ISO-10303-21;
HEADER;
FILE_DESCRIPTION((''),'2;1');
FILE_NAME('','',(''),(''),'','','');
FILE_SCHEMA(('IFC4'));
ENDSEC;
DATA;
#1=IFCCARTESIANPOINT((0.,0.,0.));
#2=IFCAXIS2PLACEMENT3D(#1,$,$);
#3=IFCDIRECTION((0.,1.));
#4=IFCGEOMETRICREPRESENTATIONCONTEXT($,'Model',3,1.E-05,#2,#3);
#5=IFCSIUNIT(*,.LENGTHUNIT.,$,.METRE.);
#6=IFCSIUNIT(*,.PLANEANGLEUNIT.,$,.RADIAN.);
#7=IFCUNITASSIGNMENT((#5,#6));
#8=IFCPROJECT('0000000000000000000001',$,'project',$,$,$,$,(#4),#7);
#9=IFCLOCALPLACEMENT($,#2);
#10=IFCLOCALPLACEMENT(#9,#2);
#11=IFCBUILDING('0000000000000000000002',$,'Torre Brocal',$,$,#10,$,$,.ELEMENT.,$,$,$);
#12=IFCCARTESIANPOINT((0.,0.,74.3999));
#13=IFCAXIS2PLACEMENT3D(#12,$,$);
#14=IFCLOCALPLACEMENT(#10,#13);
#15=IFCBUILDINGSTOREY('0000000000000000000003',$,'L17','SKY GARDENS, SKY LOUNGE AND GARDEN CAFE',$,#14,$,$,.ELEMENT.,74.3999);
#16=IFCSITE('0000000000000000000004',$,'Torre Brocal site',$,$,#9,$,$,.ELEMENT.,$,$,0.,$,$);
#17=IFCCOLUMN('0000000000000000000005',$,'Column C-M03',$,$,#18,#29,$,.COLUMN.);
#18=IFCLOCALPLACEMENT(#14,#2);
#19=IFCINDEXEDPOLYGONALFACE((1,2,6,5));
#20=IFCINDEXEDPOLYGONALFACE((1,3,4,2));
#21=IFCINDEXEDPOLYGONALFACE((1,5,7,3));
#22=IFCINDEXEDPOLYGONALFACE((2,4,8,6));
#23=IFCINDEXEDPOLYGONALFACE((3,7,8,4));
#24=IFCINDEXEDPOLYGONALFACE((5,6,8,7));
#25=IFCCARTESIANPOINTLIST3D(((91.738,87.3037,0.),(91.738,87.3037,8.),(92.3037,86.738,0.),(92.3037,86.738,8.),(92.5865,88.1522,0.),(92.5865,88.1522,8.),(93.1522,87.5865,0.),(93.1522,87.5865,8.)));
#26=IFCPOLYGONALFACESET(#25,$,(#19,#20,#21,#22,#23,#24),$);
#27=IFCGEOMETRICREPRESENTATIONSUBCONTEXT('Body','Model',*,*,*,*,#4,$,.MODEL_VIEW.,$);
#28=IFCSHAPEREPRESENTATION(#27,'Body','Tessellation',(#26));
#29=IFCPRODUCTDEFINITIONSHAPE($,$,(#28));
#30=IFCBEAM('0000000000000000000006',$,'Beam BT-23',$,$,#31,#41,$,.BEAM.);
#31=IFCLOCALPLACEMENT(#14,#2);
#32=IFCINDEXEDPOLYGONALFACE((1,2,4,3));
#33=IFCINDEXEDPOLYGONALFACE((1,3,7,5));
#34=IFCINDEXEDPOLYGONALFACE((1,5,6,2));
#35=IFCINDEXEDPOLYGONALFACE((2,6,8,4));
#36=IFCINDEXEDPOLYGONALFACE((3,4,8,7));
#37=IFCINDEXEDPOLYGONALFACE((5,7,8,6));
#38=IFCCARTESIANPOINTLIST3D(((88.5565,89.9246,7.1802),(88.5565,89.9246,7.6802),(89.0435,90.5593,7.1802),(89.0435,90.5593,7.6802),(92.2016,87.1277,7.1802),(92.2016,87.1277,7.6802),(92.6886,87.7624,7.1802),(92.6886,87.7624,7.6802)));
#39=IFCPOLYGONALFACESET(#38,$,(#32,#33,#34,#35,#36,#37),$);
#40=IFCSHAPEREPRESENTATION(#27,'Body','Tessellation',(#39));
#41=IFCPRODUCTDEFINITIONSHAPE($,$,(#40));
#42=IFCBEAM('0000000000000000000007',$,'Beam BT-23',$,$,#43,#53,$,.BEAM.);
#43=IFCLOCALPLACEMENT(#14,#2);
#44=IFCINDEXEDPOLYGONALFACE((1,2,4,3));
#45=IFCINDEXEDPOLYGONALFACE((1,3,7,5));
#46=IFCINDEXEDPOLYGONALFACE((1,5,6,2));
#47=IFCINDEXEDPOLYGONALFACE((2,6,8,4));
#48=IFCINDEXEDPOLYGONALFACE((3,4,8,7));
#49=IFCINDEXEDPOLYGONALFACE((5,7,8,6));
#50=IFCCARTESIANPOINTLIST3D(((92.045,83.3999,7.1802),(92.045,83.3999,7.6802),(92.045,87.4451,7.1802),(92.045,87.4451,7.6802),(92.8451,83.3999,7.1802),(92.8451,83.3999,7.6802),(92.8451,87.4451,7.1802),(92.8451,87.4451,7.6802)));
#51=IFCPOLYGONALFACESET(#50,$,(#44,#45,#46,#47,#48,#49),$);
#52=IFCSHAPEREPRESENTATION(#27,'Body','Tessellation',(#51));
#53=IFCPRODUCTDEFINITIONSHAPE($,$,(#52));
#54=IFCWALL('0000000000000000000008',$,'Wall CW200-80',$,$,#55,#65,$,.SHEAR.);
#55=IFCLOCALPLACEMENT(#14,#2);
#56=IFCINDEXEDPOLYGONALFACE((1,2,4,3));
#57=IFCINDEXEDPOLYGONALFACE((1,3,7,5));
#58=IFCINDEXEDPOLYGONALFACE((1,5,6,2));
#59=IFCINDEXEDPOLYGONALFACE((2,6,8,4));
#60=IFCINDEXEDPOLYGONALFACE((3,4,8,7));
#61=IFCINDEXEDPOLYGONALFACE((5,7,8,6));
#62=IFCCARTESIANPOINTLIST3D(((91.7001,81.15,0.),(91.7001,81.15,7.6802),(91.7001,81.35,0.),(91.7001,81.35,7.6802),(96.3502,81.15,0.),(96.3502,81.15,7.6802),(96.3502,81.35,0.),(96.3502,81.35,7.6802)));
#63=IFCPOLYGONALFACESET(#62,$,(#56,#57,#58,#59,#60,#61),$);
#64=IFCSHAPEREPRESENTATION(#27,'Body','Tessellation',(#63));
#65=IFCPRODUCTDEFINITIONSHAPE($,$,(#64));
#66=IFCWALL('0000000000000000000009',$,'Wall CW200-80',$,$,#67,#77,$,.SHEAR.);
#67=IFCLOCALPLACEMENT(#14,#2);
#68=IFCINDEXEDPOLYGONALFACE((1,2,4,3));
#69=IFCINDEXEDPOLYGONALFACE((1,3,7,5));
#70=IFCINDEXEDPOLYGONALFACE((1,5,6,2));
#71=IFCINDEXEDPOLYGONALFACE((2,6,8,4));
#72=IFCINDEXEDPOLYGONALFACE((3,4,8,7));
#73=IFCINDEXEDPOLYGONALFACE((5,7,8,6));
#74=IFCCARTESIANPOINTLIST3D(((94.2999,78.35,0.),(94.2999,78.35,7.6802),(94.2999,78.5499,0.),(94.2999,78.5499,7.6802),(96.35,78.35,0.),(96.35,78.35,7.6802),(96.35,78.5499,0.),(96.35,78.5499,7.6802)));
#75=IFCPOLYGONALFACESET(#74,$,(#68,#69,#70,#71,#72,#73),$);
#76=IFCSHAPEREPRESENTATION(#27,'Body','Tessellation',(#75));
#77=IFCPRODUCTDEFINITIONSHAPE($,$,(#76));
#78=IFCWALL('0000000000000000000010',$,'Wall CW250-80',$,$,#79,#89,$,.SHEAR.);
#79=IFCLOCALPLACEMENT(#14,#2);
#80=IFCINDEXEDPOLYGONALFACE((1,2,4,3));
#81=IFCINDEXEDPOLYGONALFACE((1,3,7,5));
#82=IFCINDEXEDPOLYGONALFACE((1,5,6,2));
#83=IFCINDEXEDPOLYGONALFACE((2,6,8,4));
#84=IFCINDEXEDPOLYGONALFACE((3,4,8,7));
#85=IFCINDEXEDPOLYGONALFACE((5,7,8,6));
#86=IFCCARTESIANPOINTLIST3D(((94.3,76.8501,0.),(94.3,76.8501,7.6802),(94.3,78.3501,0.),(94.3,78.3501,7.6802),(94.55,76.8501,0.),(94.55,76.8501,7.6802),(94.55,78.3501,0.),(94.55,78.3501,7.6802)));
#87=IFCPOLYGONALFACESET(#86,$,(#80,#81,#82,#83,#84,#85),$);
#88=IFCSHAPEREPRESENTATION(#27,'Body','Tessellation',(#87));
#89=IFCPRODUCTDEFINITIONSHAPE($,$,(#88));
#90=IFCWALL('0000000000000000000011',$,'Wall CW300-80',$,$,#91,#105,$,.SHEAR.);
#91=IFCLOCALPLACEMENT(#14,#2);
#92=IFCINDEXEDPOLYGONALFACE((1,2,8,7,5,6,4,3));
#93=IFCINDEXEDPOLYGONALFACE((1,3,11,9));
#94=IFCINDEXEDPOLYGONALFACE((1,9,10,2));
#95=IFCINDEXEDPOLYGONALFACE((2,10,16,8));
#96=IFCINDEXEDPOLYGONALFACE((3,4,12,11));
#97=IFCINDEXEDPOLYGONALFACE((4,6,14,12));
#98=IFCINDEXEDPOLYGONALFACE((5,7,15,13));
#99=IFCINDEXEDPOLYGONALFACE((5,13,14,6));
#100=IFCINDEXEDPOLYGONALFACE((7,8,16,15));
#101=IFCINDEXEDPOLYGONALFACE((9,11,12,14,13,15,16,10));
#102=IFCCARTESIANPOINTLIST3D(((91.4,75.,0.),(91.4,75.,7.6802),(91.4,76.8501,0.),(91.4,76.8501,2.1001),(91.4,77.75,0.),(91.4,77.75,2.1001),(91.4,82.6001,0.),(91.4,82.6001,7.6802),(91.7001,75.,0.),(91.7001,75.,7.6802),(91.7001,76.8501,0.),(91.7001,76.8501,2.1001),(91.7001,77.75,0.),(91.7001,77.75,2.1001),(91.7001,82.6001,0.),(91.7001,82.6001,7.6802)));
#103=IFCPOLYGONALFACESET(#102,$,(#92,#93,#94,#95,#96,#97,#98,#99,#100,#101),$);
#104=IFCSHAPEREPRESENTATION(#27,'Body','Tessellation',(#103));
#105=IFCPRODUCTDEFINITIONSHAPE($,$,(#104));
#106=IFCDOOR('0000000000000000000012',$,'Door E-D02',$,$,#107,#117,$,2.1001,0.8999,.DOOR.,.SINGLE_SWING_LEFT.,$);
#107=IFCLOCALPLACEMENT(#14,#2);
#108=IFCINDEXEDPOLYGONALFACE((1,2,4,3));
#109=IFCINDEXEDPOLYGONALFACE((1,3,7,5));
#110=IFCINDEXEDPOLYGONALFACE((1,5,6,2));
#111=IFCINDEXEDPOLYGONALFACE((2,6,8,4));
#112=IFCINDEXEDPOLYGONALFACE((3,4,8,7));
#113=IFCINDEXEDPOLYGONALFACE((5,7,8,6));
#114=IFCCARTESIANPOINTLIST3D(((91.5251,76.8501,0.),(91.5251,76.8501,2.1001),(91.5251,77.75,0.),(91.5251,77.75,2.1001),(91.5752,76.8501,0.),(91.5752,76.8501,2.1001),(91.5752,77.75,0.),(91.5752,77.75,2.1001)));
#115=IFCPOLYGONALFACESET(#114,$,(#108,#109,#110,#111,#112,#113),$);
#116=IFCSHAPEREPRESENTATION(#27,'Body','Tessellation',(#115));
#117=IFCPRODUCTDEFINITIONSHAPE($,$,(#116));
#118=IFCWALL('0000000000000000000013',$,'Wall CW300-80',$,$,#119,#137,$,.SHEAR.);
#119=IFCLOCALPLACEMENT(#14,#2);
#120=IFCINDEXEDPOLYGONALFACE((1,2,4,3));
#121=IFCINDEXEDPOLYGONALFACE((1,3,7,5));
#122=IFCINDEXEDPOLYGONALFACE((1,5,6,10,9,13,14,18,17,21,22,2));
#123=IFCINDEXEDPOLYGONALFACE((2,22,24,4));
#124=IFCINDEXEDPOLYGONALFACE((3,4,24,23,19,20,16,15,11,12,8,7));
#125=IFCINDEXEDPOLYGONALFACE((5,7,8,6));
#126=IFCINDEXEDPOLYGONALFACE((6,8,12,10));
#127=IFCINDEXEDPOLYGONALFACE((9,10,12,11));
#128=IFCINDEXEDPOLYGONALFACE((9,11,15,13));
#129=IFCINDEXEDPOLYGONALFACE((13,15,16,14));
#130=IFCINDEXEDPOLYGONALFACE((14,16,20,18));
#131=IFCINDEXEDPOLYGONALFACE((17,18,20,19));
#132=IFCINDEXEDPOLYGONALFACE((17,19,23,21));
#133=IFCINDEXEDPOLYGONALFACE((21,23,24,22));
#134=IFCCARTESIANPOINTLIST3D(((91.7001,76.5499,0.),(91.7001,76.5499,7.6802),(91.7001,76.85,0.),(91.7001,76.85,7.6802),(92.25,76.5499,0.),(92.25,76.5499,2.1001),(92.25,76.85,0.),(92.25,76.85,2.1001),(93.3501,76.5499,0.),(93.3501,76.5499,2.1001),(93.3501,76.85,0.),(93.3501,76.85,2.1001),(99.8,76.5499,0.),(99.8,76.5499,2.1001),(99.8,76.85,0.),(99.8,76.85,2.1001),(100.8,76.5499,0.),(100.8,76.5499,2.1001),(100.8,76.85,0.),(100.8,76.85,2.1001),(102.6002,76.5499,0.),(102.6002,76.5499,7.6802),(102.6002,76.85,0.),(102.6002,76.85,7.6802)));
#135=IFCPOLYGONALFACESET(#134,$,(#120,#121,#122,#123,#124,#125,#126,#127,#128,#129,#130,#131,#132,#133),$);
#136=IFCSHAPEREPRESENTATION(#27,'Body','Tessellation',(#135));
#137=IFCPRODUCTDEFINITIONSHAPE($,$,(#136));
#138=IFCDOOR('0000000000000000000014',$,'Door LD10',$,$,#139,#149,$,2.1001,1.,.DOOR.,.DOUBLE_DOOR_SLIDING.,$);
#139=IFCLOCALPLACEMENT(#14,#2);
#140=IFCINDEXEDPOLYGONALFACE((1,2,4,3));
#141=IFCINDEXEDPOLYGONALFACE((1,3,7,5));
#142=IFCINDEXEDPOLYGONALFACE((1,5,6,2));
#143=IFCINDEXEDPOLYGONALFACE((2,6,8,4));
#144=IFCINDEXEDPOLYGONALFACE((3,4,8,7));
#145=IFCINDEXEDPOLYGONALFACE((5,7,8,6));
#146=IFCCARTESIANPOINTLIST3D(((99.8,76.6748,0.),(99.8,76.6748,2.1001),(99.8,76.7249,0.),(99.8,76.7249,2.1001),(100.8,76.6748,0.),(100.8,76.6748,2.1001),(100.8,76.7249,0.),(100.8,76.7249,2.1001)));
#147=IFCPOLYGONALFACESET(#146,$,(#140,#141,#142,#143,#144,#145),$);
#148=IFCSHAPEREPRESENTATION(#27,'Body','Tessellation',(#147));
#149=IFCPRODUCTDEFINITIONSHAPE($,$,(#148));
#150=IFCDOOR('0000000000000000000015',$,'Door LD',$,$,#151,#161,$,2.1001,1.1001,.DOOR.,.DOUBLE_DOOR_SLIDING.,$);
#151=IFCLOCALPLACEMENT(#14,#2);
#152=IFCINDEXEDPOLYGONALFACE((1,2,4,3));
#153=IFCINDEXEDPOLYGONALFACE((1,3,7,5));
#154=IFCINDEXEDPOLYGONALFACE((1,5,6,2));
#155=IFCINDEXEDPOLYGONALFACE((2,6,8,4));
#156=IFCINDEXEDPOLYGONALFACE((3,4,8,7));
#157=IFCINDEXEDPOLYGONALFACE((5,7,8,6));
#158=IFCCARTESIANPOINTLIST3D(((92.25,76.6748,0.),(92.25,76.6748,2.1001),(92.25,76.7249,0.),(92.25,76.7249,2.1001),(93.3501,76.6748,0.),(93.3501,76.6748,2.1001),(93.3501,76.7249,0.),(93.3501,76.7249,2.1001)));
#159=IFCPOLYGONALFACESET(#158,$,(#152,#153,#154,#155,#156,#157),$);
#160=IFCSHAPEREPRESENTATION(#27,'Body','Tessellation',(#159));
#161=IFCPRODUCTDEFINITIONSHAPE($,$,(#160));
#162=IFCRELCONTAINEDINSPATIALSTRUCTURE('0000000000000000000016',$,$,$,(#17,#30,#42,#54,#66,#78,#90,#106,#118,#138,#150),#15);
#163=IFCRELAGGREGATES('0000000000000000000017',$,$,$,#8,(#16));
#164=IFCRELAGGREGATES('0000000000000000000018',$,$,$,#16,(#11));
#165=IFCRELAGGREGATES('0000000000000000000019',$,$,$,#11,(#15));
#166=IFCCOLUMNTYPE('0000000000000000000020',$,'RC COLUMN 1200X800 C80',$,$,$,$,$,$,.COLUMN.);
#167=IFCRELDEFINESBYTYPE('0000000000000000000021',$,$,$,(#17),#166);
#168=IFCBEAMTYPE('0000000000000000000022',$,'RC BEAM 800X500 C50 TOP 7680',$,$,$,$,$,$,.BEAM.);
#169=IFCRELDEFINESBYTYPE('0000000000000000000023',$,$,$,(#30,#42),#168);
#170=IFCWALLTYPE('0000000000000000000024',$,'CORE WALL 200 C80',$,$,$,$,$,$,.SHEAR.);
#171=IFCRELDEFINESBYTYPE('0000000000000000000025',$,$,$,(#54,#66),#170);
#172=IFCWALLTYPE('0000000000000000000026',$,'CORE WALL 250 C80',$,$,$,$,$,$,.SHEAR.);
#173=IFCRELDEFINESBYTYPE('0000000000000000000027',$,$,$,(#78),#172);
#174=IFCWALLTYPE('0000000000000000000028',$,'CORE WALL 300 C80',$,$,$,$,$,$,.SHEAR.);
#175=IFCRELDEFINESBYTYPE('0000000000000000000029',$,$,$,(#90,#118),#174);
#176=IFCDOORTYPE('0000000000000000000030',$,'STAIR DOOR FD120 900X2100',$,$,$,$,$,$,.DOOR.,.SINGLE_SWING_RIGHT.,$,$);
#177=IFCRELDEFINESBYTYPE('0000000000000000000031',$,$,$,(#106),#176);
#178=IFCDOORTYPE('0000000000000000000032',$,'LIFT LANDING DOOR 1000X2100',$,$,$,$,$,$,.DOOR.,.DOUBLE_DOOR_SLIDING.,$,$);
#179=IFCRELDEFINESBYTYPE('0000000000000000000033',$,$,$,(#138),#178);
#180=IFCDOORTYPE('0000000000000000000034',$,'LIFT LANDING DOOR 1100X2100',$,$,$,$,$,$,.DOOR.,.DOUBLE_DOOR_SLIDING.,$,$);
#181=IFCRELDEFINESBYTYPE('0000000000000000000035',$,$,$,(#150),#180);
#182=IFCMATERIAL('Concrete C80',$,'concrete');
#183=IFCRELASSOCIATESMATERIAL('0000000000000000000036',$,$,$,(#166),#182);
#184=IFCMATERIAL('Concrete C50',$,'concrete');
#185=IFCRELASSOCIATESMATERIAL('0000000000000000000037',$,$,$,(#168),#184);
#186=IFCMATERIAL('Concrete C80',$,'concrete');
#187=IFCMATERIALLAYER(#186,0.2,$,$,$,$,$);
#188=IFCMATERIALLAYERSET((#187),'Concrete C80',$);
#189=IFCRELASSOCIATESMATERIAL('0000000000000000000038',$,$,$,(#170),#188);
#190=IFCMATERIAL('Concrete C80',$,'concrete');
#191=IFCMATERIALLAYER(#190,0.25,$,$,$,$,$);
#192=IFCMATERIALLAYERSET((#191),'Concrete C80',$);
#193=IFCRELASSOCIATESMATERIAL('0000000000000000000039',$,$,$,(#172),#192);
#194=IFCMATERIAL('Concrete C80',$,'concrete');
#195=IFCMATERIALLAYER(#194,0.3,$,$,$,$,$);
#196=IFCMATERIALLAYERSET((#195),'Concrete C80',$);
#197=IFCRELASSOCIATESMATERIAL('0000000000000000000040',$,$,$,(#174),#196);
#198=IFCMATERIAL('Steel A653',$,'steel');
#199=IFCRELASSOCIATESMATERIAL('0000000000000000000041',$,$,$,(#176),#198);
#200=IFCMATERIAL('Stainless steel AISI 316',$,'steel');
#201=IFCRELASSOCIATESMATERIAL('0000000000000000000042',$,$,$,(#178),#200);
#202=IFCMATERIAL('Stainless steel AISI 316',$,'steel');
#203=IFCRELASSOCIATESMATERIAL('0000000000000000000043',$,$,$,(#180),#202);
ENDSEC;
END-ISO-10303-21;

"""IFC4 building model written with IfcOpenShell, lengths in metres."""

from ifc_helpers import new_model, si_unit, direction, frame, frame_2d, origin, origin_2d, place, context, subcontext, project, spatial, rectangle, extrude, material, layer, layer_set, material_profile, profile_set, type_object, element, fill, save


model = new_model("IFC4")

# Units and contexts
model_context = context("Model", 3, precision=1e-05, world=origin(), true_north=direction((0.0, 1.0)))
body_context = subcontext(model_context, "Body", "Model", "MODEL_VIEW")
ifc_project = project(units=[si_unit("LENGTHUNIT", "METRE"), si_unit("PLANEANGLEUNIT", "RADIAN")], contexts=[model_context])

# Site, building, storey
site_placement = place(None, origin())
site = spatial("IfcSite", under=ifc_project, at=site_placement, Name="Torre Brocal site", CompositionType="ELEMENT", RefElevation=0.0)
building_placement = place(site_placement, origin())
building = spatial("IfcBuilding", under=site, at=building_placement, Name="Torre Brocal", CompositionType="ELEMENT")
storey_placement = place(building_placement, frame((0.0, 0.0, 74.3999)))
storey = spatial("IfcBuildingStorey", under=building, at=storey_placement, Name="L17", Description="SKY GARDENS, SKY LOUNGE AND GARDEN CAFE", CompositionType="ELEMENT", Elevation=74.3999)

# Column
ifc_material_1 = material(Name="Concrete C80", Category="concrete")
ifc_material_profile_1 = material_profile(ifc_material_1, rectangle(XDim=1.2, YDim=0.8, at=origin_2d()), Name="RC 1200X800")
ifc_profile_set_1 = profile_set([ifc_material_profile_1], Name="Concrete C80")
column_type = type_object("IfcColumnType", Name="RC COLUMN 1200X800 C80", PredefinedType="COLUMN", material=ifc_profile_set_1)
column_placement = place(storey_placement, frame((92.4451, 87.4451, 0.0), z_axis=(0.0, 0.0, 1.0), x_axis=(0.707107, 0.707107, 0.0)))
element("IfcColumn", 1, at=column_placement, inside=storey, type_object=column_type, Name="Column C-M03", PredefinedType="COLUMN", context=body_context, shape_type="SweptSolid", body=[
    extrude(rectangle(XDim=1.2, YDim=0.8, at=origin_2d()), origin(), (0.0, 0.0, 1.0), 8.0),
])

# Beams
ifc_material_2 = material(Name="Concrete C50", Category="concrete")
ifc_material_profile_2 = material_profile(ifc_material_2, rectangle(XDim=0.8, YDim=0.5, at=origin_2d()), Name="RC 800X500")
ifc_profile_set_2 = profile_set([ifc_material_profile_2], Name="Concrete C50")
beam_type = type_object("IfcBeamType", Name="RC BEAM 800X500 C50 TOP 7680", PredefinedType="BEAM", material=ifc_profile_set_2)
beam_1_placement = place(storey_placement, frame((92.4451, 87.4451, 7.4302), z_axis=(-0.793358, 0.608755, 0.0), x_axis=(-0.608755, -0.793358, 0.0)))
element("IfcBeam", 2, at=beam_1_placement, inside=storey, type_object=beam_type, Name="Beam BT-23", PredefinedType="BEAM", context=body_context, shape_type="SweptSolid", body=[
    extrude(rectangle(XDim=0.8, YDim=0.5, at=origin_2d()), origin(), (0.0, 0.0, 1.0), 4.5945),
])
beam_2_placement = place(storey_placement, frame((92.4451, 87.4451, 7.4302), z_axis=(0.0, -1.0, 0.0), x_axis=(1.0, 0.0, 0.0)))
element("IfcBeam", 3, at=beam_2_placement, inside=storey, type_object=beam_type, Name="Beam BT-23", PredefinedType="BEAM", context=body_context, shape_type="SweptSolid", body=[
    extrude(rectangle(XDim=0.8, YDim=0.5, at=origin_2d()), origin(), (0.0, 0.0, 1.0), 4.0452),
])

# Walls
ifc_material_3 = material(Name="Concrete C80", Category="concrete")
ifc_layer_1 = layer(ifc_material_3, 0.2)
ifc_layer_set_1 = layer_set([ifc_layer_1], Name="Concrete C80")
wall_type_1 = type_object("IfcWallType", Name="CORE WALL 200 C80", PredefinedType="SHEAR", material=ifc_layer_set_1)
wall_1_placement = place(storey_placement, frame((91.7, 81.25, 0.0), z_axis=(0.0, 0.0, 1.0), x_axis=(1.0, 0.0, 0.0)))
element("IfcWall", 4, at=wall_1_placement, inside=storey, type_object=wall_type_1, Name="Wall CW200-80", PredefinedType="SHEAR", context=body_context, shape_type="SweptSolid", body=[
    extrude(rectangle(XDim=4.6501, YDim=0.2, at=frame_2d((2.3252, 0.0))), origin(), (0.0, 0.0, 1.0), 7.6802),
])
wall_2_placement = place(storey_placement, frame((94.3, 78.45, 0.0), z_axis=(0.0, 0.0, 1.0), x_axis=(1.0, 0.0, 0.0)))
element("IfcWall", 5, at=wall_2_placement, inside=storey, type_object=wall_type_1, Name="Wall CW200-80", PredefinedType="SHEAR", context=body_context, shape_type="SweptSolid", body=[
    extrude(rectangle(XDim=2.05, YDim=0.2, at=frame_2d((1.0249, 0.0))), origin(), (0.0, 0.0, 1.0), 7.6802),
])
ifc_material_4 = material(Name="Concrete C80", Category="concrete")
ifc_layer_2 = layer(ifc_material_4, 0.25)
ifc_layer_set_2 = layer_set([ifc_layer_2], Name="Concrete C80")
wall_type_2 = type_object("IfcWallType", Name="CORE WALL 250 C80", PredefinedType="SHEAR", material=ifc_layer_set_2)
wall_3_placement = place(storey_placement, frame((94.425, 76.8501, 0.0), z_axis=(0.0, 0.0, 1.0), x_axis=(0.0, 1.0, 0.0)))
element("IfcWall", 6, at=wall_3_placement, inside=storey, type_object=wall_type_2, Name="Wall CW250-80", PredefinedType="SHEAR", context=body_context, shape_type="SweptSolid", body=[
    extrude(rectangle(XDim=1.5, YDim=0.25, at=frame_2d((0.75, 0.0))), origin(), (0.0, 0.0, 1.0), 7.6802),
])

# Wall, opening, door
ifc_material_5 = material(Name="Concrete C80", Category="concrete")
ifc_layer_3 = layer(ifc_material_5, 0.3)
ifc_layer_set_3 = layer_set([ifc_layer_3], Name="Concrete C80")
wall_type_3 = type_object("IfcWallType", Name="CORE WALL 300 C80", PredefinedType="SHEAR", material=ifc_layer_set_3)
wall_4_placement = place(storey_placement, frame((91.55, 75.0, 0.0), z_axis=(0.0, 0.0, 1.0), x_axis=(0.0, 1.0, 0.0)))
wall_4 = element("IfcWall", 7, at=wall_4_placement, inside=storey, type_object=wall_type_3, Name="Wall CW300-80", PredefinedType="SHEAR", context=body_context, shape_type="SweptSolid", body=[
    extrude(rectangle(XDim=7.6001, YDim=0.3, at=frame_2d((3.8, 0.0))), origin(), (0.0, 0.0, 1.0), 7.6802),
])
opening_1_placement = place(wall_4_placement, frame((1.8501, 0.0, 0.0)))
opening_1 = element("IfcOpeningElement", 8, at=opening_1_placement, cuts=wall_4, PredefinedType="OPENING", context=body_context, shape_type="SweptSolid", body=[
    extrude(rectangle(XDim=0.8999, YDim=2.1001, at=frame_2d((0.45, 1.05))), frame((0.0, 0.1599, 0.0), z_axis=(0.0, -1.0, 0.0), x_axis=(1.0, 0.0, 0.0)), (0.0, 0.0, 1.0), 0.3201),
])
ifc_material_6 = material(Name="Steel A653", Category="steel")
door_type_1 = type_object("IfcDoorType", Name="STAIR DOOR FD120 900X2100", OperationType="SINGLE_SWING_RIGHT", PredefinedType="DOOR", material=ifc_material_6)
door_1_placement = place(opening_1_placement, origin())
door_1 = element("IfcDoor", 9, at=door_1_placement, inside=storey, type_object=door_type_1, Name="Door E-D02", OperationType="SINGLE_SWING_LEFT", OverallHeight=2.1001, OverallWidth=0.8999, PredefinedType="DOOR", context=body_context, shape_type="SweptSolid", body=[
    extrude(rectangle(XDim=0.8999, YDim=2.1001, at=frame_2d((0.45, 1.05))), frame((0.0, 0.0249, 0.0), z_axis=(0.0, -1.0, 0.0), x_axis=(1.0, 0.0, 0.0)), (0.0, 0.0, 1.0), 0.05),
])
fill(opening_1, door_1)

# Wall, openings, doors
wall_5_placement = place(storey_placement, frame((91.7, 76.7, 0.0), z_axis=(0.0, 0.0, 1.0), x_axis=(1.0, 0.0, 0.0)))
wall_5 = element("IfcWall", 10, at=wall_5_placement, inside=storey, type_object=wall_type_3, Name="Wall CW300-80", PredefinedType="SHEAR", context=body_context, shape_type="SweptSolid", body=[
    extrude(rectangle(XDim=10.9001, YDim=0.3, at=frame_2d((5.4502, 0.0))), origin(), (0.0, 0.0, 1.0), 7.6802),
])
opening_2_placement = place(wall_5_placement, frame((0.55, 0.0, 0.0)))
opening_2 = element("IfcOpeningElement", 11, at=opening_2_placement, cuts=wall_5, PredefinedType="OPENING", context=body_context, shape_type="SweptSolid", body=[
    extrude(rectangle(XDim=1.1001, YDim=2.1001, at=frame_2d((0.55, 1.05))), frame((0.0, 0.1599, 0.0), z_axis=(0.0, -1.0, 0.0), x_axis=(1.0, 0.0, 0.0)), (0.0, 0.0, 1.0), 0.3201),
])
opening_3_placement = place(wall_5_placement, frame((8.1001, 0.0, 0.0)))
opening_3 = element("IfcOpeningElement", 12, at=opening_3_placement, cuts=wall_5, PredefinedType="OPENING", context=body_context, shape_type="SweptSolid", body=[
    extrude(rectangle(XDim=1.0, YDim=2.1001, at=frame_2d((0.5, 1.05))), frame((0.0, 0.1599, 0.0), z_axis=(0.0, -1.0, 0.0), x_axis=(1.0, 0.0, 0.0)), (0.0, 0.0, 1.0), 0.3201),
])
ifc_material_7 = material(Name="Stainless steel AISI 316", Category="steel")
door_type_2 = type_object("IfcDoorType", Name="LIFT LANDING DOOR 1000X2100", OperationType="DOUBLE_DOOR_SLIDING", PredefinedType="DOOR", material=ifc_material_7)
door_2_placement = place(opening_3_placement, origin())
door_2 = element("IfcDoor", 13, at=door_2_placement, inside=storey, type_object=door_type_2, Name="Door LD10", OperationType="DOUBLE_DOOR_SLIDING", OverallHeight=2.1001, OverallWidth=1.0, PredefinedType="DOOR", context=body_context, shape_type="SweptSolid", body=[
    extrude(rectangle(XDim=1.0, YDim=2.1001, at=frame_2d((0.5, 1.05))), frame((0.0, 0.0249, 0.0), z_axis=(0.0, -1.0, 0.0), x_axis=(1.0, 0.0, 0.0)), (0.0, 0.0, 1.0), 0.05),
])
fill(opening_3, door_2)
ifc_material_8 = material(Name="Stainless steel AISI 316", Category="steel")
door_type_3 = type_object("IfcDoorType", Name="LIFT LANDING DOOR 1100X2100", OperationType="DOUBLE_DOOR_SLIDING", PredefinedType="DOOR", material=ifc_material_8)
door_3_placement = place(opening_2_placement, origin())
door_3 = element("IfcDoor", 14, at=door_3_placement, inside=storey, type_object=door_type_3, Name="Door LD", OperationType="DOUBLE_DOOR_SLIDING", OverallHeight=2.1001, OverallWidth=1.1001, PredefinedType="DOOR", context=body_context, shape_type="SweptSolid", body=[
    extrude(rectangle(XDim=1.1001, YDim=2.1001, at=frame_2d((0.55, 1.05))), frame((0.0, 0.0249, 0.0), z_axis=(0.0, -1.0, 0.0), x_axis=(1.0, 0.0, 0.0)), (0.0, 0.0, 1.0), 0.05),
])
fill(opening_2, door_3)

save(model, "model.ifc")
